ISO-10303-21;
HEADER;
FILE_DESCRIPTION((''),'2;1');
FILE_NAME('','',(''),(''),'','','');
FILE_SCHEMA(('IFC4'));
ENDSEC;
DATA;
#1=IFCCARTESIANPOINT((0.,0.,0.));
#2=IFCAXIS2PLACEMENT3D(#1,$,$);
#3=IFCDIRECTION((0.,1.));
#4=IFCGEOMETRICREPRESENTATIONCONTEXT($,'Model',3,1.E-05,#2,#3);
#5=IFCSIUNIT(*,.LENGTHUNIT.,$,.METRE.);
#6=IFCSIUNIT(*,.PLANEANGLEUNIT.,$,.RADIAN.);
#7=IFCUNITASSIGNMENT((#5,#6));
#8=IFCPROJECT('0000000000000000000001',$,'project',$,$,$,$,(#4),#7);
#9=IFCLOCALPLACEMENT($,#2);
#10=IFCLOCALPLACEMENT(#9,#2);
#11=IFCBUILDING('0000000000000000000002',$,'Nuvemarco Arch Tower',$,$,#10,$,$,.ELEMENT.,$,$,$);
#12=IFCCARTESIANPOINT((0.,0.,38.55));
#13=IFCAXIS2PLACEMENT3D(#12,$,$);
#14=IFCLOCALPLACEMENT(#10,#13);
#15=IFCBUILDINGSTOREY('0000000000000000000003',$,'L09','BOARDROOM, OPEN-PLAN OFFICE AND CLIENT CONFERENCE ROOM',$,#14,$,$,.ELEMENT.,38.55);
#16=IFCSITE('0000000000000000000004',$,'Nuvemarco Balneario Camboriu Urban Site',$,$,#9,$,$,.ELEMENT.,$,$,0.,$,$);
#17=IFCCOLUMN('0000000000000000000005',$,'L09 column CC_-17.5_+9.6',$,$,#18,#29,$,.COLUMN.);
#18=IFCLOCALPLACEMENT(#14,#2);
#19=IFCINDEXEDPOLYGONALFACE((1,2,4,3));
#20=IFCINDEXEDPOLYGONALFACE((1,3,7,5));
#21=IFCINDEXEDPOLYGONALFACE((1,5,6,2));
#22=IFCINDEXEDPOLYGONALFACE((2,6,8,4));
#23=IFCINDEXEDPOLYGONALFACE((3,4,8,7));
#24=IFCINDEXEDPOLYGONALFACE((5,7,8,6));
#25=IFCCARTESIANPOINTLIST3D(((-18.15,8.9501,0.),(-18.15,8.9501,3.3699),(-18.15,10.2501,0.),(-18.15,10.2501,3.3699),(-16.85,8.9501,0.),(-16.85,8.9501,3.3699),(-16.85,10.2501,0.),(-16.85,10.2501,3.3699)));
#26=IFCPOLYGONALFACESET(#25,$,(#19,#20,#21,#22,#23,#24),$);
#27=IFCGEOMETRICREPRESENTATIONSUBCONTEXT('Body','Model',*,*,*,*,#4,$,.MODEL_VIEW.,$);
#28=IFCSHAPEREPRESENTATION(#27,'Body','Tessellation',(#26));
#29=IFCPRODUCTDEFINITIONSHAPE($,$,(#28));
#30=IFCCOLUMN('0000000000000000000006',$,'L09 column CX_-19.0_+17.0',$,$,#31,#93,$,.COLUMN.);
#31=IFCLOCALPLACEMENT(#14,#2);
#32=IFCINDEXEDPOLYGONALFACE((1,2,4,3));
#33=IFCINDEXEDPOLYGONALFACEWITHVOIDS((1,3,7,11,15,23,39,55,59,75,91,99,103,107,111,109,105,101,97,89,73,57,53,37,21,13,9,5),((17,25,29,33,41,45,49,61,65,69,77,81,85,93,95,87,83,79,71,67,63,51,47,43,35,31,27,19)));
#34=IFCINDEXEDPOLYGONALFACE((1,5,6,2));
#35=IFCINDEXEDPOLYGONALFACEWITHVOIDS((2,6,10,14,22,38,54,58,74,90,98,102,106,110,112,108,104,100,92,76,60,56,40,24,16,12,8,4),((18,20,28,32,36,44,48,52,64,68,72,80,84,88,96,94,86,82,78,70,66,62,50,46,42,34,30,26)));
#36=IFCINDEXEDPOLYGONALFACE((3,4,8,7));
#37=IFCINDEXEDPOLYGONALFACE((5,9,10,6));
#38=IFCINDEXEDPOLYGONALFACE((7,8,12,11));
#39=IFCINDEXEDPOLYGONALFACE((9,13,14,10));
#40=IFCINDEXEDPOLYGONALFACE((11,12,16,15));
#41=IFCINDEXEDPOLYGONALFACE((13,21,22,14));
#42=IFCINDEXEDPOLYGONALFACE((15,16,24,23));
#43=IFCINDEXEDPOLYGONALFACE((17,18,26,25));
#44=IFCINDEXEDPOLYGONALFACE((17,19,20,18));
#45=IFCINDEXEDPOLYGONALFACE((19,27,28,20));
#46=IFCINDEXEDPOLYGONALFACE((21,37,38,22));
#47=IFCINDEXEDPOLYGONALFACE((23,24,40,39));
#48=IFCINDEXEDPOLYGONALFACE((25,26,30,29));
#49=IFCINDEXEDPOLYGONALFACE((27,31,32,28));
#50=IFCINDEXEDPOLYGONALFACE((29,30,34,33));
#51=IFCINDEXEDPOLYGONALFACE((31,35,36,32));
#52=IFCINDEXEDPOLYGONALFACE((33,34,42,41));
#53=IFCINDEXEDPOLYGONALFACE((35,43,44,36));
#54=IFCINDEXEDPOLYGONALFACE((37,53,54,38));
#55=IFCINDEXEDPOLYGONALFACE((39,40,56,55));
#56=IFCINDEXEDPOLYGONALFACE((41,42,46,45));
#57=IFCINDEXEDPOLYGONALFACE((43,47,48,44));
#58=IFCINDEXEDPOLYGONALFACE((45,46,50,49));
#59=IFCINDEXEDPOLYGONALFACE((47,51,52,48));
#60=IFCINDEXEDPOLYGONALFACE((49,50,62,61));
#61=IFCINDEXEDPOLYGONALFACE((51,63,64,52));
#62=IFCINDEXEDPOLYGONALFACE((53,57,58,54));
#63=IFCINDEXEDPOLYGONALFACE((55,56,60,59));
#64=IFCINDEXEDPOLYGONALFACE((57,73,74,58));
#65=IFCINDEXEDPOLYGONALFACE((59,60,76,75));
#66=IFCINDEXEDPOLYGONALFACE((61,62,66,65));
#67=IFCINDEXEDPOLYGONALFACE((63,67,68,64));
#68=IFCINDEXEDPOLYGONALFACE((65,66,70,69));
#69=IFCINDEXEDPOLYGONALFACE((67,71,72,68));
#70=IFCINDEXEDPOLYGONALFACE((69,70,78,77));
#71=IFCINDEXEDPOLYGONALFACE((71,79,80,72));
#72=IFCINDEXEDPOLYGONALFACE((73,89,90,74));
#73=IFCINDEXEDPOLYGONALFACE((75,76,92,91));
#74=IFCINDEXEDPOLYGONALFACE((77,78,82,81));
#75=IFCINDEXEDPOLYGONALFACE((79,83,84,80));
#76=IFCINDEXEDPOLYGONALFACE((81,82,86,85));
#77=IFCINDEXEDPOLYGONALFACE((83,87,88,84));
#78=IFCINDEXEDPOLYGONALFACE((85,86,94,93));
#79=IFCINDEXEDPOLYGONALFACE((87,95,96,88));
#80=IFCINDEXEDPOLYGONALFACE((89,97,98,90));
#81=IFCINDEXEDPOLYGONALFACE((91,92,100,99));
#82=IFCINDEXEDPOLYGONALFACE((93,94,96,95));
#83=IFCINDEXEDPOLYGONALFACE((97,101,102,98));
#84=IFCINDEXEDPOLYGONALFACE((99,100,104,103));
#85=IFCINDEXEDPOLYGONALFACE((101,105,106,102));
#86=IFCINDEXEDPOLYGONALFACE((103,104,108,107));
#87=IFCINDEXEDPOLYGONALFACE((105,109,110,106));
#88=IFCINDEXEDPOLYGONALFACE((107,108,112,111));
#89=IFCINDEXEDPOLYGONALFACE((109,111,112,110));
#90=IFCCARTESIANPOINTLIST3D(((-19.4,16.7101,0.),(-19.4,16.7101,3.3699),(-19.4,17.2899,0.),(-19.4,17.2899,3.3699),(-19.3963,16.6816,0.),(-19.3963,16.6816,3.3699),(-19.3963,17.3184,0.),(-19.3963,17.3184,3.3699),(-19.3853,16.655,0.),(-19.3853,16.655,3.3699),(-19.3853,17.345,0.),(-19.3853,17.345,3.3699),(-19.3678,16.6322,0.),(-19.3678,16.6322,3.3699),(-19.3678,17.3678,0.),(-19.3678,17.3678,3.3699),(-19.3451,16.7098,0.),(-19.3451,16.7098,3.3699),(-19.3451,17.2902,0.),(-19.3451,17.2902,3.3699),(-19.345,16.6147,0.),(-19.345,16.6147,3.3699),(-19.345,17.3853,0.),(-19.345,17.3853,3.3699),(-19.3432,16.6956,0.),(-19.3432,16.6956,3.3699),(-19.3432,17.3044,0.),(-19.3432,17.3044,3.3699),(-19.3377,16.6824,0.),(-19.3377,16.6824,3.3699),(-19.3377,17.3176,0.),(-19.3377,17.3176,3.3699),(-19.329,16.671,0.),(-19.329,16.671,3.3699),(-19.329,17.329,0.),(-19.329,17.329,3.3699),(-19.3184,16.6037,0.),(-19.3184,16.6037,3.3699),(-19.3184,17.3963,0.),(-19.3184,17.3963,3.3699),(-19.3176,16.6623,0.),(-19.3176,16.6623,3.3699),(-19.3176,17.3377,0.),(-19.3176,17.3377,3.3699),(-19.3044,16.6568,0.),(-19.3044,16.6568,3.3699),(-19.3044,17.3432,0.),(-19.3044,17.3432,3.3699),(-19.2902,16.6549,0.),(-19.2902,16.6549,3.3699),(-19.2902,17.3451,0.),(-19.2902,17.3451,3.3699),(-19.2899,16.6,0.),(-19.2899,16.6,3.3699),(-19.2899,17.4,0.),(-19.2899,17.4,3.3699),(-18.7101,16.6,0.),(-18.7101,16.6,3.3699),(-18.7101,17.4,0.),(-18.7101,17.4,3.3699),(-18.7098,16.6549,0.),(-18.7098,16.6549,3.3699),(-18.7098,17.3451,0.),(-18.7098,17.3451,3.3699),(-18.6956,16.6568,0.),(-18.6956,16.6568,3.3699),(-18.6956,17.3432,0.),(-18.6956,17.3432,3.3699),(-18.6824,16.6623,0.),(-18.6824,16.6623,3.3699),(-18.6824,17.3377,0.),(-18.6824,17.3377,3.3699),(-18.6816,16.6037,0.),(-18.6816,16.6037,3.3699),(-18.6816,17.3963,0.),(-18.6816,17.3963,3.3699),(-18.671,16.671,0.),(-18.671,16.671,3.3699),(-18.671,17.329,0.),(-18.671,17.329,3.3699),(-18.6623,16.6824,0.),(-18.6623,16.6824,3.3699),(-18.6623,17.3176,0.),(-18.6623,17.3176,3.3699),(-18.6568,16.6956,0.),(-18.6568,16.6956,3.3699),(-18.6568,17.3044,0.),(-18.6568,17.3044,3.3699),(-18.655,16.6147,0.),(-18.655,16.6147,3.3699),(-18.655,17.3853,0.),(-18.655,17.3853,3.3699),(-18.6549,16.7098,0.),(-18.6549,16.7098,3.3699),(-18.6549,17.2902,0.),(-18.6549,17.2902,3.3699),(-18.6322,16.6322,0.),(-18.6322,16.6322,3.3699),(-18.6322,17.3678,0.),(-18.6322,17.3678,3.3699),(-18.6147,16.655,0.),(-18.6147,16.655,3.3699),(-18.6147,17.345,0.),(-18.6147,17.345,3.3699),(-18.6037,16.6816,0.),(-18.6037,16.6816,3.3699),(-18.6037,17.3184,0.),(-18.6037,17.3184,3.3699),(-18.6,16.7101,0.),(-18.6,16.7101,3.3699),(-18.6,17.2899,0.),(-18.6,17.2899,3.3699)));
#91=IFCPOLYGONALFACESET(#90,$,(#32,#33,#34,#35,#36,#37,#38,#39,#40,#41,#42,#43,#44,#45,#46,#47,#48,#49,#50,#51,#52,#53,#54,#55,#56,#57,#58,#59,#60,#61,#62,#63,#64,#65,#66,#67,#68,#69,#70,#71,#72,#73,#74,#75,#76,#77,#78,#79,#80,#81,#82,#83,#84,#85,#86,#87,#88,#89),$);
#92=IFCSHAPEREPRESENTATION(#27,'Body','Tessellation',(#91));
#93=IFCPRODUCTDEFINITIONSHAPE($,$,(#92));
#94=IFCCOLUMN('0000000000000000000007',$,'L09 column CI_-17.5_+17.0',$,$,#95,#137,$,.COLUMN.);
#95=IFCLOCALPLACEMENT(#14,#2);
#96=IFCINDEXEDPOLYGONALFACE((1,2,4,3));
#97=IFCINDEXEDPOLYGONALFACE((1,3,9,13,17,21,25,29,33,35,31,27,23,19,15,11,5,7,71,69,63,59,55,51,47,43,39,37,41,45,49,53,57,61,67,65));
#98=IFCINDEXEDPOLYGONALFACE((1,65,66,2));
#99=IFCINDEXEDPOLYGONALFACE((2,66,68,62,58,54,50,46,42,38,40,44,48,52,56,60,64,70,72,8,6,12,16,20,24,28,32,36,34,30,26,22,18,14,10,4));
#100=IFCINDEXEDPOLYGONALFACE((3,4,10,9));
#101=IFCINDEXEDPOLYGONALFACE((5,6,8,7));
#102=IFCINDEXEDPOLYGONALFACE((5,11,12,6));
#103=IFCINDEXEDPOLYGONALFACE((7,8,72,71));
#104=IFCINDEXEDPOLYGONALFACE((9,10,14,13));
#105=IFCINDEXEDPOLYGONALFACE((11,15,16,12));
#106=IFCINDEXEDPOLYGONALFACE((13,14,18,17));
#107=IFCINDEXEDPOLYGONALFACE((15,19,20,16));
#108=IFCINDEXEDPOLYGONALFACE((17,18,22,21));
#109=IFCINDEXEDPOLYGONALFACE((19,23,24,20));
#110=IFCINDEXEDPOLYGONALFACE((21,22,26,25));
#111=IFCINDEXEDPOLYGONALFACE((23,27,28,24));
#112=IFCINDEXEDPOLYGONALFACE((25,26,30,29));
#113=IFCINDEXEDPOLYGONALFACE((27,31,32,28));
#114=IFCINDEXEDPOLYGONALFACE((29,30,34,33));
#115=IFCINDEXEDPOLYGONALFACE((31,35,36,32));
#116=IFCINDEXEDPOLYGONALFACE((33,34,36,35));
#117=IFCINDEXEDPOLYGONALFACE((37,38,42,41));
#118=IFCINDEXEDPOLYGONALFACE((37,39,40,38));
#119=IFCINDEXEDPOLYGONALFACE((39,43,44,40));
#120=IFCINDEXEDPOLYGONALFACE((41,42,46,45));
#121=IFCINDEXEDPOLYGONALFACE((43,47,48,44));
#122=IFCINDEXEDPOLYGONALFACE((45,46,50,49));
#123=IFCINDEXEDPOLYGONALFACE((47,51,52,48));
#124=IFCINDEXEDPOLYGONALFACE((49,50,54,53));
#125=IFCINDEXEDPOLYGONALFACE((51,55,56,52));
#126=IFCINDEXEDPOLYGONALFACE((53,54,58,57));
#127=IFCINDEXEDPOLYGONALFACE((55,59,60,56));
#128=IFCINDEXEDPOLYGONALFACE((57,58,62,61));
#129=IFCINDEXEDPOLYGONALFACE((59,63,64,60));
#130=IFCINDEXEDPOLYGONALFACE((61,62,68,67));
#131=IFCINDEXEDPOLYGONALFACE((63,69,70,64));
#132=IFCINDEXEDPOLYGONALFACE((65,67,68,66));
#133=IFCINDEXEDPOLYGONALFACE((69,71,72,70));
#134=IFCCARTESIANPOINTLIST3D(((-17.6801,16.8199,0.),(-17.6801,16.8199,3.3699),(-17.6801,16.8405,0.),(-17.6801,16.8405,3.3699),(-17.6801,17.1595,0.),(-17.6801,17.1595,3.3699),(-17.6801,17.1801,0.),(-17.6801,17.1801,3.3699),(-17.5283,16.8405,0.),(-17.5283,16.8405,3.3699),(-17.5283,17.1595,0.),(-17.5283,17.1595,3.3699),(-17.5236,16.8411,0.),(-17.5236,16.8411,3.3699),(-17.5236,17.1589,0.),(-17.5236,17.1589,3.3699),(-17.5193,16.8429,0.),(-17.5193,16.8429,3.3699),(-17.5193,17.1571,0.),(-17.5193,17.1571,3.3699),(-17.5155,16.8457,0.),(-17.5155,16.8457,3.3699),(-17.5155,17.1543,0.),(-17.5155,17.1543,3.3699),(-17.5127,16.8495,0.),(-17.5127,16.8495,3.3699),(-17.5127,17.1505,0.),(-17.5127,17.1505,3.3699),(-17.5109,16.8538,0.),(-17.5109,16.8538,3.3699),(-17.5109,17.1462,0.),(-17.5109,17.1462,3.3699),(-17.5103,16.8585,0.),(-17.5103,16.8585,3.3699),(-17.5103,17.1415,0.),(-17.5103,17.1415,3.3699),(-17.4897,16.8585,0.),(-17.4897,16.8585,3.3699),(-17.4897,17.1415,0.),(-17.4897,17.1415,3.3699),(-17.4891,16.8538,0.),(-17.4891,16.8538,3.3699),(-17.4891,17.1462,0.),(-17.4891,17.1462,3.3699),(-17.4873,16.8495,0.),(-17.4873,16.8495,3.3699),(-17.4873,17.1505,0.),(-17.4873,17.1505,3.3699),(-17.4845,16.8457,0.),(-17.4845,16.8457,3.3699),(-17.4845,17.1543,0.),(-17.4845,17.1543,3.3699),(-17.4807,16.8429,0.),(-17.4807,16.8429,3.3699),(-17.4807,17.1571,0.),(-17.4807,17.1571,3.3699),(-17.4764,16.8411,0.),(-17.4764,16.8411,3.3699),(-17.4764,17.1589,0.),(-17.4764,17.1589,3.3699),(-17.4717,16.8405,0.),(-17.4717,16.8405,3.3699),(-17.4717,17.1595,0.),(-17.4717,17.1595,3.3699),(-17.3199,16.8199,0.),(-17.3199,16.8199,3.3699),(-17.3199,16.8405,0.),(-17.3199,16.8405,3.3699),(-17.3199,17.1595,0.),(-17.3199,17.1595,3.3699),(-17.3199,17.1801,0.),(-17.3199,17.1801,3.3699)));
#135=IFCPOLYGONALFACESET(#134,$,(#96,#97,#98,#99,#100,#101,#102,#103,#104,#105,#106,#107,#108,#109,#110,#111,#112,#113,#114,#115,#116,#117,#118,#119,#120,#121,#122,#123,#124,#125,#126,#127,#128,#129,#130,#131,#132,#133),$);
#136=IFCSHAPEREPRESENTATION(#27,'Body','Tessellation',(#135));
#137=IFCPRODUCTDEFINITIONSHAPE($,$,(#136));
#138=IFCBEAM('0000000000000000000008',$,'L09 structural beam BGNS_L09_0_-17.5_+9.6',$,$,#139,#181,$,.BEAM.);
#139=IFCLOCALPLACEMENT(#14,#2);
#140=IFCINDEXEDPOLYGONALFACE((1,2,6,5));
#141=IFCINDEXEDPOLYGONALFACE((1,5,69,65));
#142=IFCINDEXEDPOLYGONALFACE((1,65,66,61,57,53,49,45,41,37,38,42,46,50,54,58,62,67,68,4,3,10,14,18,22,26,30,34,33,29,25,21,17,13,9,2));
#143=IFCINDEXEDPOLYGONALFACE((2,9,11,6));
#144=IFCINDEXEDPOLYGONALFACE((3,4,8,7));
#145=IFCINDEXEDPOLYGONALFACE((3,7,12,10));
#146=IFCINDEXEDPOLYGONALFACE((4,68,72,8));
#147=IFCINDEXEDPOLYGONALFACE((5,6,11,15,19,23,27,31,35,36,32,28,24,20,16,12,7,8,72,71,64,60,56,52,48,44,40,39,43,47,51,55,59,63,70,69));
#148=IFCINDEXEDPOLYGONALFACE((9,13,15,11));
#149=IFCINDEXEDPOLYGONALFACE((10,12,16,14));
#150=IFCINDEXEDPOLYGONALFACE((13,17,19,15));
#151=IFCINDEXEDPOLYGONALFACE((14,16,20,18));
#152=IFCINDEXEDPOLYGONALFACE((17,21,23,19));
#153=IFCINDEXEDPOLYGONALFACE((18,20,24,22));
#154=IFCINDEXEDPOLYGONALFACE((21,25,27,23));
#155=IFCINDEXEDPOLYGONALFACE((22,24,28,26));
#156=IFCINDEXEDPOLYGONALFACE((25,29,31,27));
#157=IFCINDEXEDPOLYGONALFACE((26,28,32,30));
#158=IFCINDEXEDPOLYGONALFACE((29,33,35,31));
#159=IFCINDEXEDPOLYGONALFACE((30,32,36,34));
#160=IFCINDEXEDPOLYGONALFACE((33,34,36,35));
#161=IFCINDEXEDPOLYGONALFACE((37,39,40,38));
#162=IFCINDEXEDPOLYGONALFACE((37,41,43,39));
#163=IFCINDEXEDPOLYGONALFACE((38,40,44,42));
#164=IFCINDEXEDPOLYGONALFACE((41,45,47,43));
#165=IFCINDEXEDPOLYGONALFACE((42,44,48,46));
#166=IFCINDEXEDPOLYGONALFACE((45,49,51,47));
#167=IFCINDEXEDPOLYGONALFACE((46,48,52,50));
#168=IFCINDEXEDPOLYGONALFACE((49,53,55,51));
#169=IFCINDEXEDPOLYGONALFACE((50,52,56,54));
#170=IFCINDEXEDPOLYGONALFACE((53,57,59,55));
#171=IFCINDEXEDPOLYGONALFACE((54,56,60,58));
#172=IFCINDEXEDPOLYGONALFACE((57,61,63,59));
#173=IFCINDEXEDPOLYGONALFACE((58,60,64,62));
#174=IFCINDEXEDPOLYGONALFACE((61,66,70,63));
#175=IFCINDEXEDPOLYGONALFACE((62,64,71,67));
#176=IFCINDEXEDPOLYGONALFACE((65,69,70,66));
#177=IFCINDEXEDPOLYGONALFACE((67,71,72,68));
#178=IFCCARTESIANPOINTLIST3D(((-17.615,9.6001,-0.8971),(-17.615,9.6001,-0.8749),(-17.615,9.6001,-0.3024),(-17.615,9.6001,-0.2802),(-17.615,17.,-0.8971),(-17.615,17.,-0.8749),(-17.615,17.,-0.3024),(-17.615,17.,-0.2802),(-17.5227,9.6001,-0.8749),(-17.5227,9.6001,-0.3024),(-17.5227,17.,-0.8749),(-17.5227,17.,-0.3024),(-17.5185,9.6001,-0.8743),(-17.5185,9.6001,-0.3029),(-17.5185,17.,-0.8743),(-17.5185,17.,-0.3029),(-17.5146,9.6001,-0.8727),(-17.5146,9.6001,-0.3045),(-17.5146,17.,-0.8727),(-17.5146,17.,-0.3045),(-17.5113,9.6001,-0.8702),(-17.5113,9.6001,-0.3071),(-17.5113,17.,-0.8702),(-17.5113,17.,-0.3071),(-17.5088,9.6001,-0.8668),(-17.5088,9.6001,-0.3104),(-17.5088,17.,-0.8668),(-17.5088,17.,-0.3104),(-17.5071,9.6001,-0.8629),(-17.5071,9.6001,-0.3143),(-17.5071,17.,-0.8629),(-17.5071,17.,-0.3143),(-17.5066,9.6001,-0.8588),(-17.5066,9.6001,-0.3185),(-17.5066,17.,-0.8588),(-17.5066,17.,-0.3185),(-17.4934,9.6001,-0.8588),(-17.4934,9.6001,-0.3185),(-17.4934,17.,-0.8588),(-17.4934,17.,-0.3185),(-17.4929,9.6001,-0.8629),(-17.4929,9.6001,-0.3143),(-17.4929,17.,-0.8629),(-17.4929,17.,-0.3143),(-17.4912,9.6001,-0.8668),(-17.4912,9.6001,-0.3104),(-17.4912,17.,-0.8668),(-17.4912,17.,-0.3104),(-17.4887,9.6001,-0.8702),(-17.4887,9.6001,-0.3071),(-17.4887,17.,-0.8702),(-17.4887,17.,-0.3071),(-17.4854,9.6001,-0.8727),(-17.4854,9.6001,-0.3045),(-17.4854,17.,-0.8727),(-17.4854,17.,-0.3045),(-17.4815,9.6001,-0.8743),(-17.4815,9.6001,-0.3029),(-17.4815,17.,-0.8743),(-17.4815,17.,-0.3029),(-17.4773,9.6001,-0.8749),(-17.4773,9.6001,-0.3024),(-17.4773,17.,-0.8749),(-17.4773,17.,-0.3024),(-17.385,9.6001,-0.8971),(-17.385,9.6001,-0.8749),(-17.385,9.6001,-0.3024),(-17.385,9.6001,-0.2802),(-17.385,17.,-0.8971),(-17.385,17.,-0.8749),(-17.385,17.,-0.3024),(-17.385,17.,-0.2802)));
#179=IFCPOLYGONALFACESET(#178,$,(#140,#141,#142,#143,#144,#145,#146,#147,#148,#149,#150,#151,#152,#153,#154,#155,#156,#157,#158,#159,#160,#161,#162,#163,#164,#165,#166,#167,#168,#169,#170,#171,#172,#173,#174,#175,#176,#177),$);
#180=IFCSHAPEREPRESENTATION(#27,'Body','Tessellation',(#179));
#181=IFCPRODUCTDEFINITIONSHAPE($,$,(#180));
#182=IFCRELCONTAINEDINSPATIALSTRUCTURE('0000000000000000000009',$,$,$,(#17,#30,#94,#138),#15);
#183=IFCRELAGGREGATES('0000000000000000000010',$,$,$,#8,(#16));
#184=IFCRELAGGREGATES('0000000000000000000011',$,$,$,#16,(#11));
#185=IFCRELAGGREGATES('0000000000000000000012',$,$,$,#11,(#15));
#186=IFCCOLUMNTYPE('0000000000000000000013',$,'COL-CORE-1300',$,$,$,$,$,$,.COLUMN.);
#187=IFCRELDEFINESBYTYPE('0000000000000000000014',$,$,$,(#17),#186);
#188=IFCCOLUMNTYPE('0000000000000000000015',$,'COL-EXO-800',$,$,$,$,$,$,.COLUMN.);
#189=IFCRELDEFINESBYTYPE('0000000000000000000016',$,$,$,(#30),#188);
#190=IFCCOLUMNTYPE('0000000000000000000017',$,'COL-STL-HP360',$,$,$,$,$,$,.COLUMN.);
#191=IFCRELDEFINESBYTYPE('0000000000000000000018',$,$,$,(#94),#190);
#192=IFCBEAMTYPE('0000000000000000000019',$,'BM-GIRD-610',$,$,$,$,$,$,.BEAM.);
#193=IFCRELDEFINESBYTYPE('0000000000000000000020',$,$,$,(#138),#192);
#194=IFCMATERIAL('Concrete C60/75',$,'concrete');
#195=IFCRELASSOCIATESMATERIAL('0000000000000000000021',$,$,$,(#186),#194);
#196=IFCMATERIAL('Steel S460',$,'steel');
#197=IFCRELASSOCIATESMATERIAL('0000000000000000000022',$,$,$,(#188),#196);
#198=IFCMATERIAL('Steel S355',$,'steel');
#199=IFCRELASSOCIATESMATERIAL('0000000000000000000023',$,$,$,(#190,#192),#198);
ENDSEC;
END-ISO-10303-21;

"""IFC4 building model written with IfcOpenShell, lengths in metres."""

from ifc_helpers import new_model, si_unit, direction, frame, origin, origin_2d, place, context, subcontext, project, spatial, rectangle, hollow_rectangle, i_section, extrude, material, material_profile, profile_set, type_object, element, save


model = new_model("IFC4")

# Units and contexts
model_context = context("Model", 3, precision=1e-05, world=origin(), true_north=direction((0.0, 1.0)))
body_context = subcontext(model_context, "Body", "Model", "MODEL_VIEW")
ifc_project = project(units=[si_unit("LENGTHUNIT", "METRE"), si_unit("PLANEANGLEUNIT", "RADIAN")], contexts=[model_context])

# Site, building, storey
site_placement = place(None, origin())
site = spatial("IfcSite", under=ifc_project, at=site_placement, Name="Nuvemarco Balneario Camboriu Urban Site", CompositionType="ELEMENT", RefElevation=0.0)
building_placement = place(site_placement, origin())
building = spatial("IfcBuilding", under=site, at=building_placement, Name="Nuvemarco Arch Tower", CompositionType="ELEMENT")
storey_placement = place(building_placement, frame((0.0, 0.0, 38.55)))
storey = spatial("IfcBuildingStorey", under=building, at=storey_placement, Name="L09", Description="BOARDROOM, OPEN-PLAN OFFICE AND CLIENT CONFERENCE ROOM", CompositionType="ELEMENT", Elevation=38.55)

# Columns
ifc_material_1 = material(Name="Concrete C60/75", Category="concrete")
ifc_material_profile_1 = material_profile(ifc_material_1, rectangle(XDim=1.3, YDim=1.3, at=origin_2d()), Name="RC-COL-1300x1300")
ifc_profile_set_1 = profile_set([ifc_material_profile_1], Name="Concrete C60/75")
column_type_1 = type_object("IfcColumnType", Name="COL-CORE-1300", PredefinedType="COLUMN", material=ifc_profile_set_1)
column_1_placement = place(storey_placement, frame((-17.5, 9.6001, 0.0), z_axis=(0.0, 0.0, 1.0), x_axis=(1.0, 0.0, 0.0)))
element("IfcColumn", 1, at=column_1_placement, inside=storey, type_object=column_type_1, Name="L09 column CC_-17.5_+9.6", PredefinedType="COLUMN", context=body_context, shape_type="SweptSolid", body=[
    extrude(rectangle(XDim=1.3, YDim=1.3, at=origin_2d()), origin(), (0.0, 0.0, 1.0), 3.3699),
])
ifc_material_2 = material(Name="Steel S460", Category="steel")
ifc_material_profile_2 = material_profile(ifc_material_2, hollow_rectangle(XDim=0.8, YDim=0.8, WallThickness=0.0549, InnerFilletRadius=0.0549, OuterFilletRadius=0.1101, at=origin_2d()), Name="SHS800x800x55")
ifc_profile_set_2 = profile_set([ifc_material_profile_2], Name="Steel S460")
column_type_2 = type_object("IfcColumnType", Name="COL-EXO-800", PredefinedType="COLUMN", material=ifc_profile_set_2)
column_2_placement = place(storey_placement, frame((-19.0, 17.0, 0.0), z_axis=(0.0, 0.0, 1.0), x_axis=(1.0, 0.0, 0.0)))
element("IfcColumn", 2, at=column_2_placement, inside=storey, type_object=column_type_2, Name="L09 column CX_-19.0_+17.0", PredefinedType="COLUMN", context=body_context, shape_type="SweptSolid", body=[
    extrude(hollow_rectangle(XDim=0.8, YDim=0.8, WallThickness=0.0549, InnerFilletRadius=0.0549, OuterFilletRadius=0.1101, at=origin_2d()), origin(), (0.0, 0.0, 1.0), 3.3699),
])
ifc_material_3 = material(Name="Steel S355", Category="steel")
ifc_material_profile_3 = material_profile(ifc_material_3, i_section(OverallWidth=0.3601, OverallDepth=0.3601, WebThickness=0.0205, FlangeThickness=0.0205, FilletRadius=0.0181, at=origin_2d()), Name="HP360x174")
ifc_profile_set_3 = profile_set([ifc_material_profile_3], Name="Steel S355")
column_type_3 = type_object("IfcColumnType", Name="COL-STL-HP360", PredefinedType="COLUMN", material=ifc_profile_set_3)
column_3_placement = place(storey_placement, frame((-17.5, 17.0, 0.0), z_axis=(0.0, 0.0, 1.0), x_axis=(1.0, 0.0, 0.0)))
element("IfcColumn", 3, at=column_3_placement, inside=storey, type_object=column_type_3, Name="L09 column CI_-17.5_+17.0", PredefinedType="COLUMN", context=body_context, shape_type="SweptSolid", body=[
    extrude(i_section(OverallWidth=0.3601, OverallDepth=0.3601, WebThickness=0.0205, FlangeThickness=0.0205, FilletRadius=0.0181, at=origin_2d()), origin(), (0.0, 0.0, 1.0), 3.3699),
])

# Beam
ifc_material_profile_4 = material_profile(ifc_material_3, i_section(OverallWidth=0.23, OverallDepth=0.6169, WebThickness=0.0132, FlangeThickness=0.0222, FilletRadius=0.0161, at=origin_2d()), Name="W610x140")
ifc_profile_set_4 = profile_set([ifc_material_profile_4], Name="Steel S355")
beam_type_1 = type_object("IfcBeamType", Name="BM-GIRD-610", PredefinedType="BEAM", material=ifc_profile_set_4)
beam_1_placement = place(storey_placement, frame((-17.5, 9.6001, -0.5886), z_axis=(0.0, 1.0, 0.0), x_axis=(-1.0, 0.0, 0.0)))
element("IfcBeam", 4, at=beam_1_placement, inside=storey, type_object=beam_type_1, Name="L09 structural beam BGNS_L09_0_-17.5_+9.6", PredefinedType="BEAM", context=body_context, shape_type="SweptSolid", body=[
    extrude(i_section(OverallWidth=0.23, OverallDepth=0.6169, WebThickness=0.0132, FlangeThickness=0.0222, FilletRadius=0.0161, at=origin_2d()), origin(), (0.0, 0.0, 1.0), 7.3999),
])

save(model, "model.ifc")
